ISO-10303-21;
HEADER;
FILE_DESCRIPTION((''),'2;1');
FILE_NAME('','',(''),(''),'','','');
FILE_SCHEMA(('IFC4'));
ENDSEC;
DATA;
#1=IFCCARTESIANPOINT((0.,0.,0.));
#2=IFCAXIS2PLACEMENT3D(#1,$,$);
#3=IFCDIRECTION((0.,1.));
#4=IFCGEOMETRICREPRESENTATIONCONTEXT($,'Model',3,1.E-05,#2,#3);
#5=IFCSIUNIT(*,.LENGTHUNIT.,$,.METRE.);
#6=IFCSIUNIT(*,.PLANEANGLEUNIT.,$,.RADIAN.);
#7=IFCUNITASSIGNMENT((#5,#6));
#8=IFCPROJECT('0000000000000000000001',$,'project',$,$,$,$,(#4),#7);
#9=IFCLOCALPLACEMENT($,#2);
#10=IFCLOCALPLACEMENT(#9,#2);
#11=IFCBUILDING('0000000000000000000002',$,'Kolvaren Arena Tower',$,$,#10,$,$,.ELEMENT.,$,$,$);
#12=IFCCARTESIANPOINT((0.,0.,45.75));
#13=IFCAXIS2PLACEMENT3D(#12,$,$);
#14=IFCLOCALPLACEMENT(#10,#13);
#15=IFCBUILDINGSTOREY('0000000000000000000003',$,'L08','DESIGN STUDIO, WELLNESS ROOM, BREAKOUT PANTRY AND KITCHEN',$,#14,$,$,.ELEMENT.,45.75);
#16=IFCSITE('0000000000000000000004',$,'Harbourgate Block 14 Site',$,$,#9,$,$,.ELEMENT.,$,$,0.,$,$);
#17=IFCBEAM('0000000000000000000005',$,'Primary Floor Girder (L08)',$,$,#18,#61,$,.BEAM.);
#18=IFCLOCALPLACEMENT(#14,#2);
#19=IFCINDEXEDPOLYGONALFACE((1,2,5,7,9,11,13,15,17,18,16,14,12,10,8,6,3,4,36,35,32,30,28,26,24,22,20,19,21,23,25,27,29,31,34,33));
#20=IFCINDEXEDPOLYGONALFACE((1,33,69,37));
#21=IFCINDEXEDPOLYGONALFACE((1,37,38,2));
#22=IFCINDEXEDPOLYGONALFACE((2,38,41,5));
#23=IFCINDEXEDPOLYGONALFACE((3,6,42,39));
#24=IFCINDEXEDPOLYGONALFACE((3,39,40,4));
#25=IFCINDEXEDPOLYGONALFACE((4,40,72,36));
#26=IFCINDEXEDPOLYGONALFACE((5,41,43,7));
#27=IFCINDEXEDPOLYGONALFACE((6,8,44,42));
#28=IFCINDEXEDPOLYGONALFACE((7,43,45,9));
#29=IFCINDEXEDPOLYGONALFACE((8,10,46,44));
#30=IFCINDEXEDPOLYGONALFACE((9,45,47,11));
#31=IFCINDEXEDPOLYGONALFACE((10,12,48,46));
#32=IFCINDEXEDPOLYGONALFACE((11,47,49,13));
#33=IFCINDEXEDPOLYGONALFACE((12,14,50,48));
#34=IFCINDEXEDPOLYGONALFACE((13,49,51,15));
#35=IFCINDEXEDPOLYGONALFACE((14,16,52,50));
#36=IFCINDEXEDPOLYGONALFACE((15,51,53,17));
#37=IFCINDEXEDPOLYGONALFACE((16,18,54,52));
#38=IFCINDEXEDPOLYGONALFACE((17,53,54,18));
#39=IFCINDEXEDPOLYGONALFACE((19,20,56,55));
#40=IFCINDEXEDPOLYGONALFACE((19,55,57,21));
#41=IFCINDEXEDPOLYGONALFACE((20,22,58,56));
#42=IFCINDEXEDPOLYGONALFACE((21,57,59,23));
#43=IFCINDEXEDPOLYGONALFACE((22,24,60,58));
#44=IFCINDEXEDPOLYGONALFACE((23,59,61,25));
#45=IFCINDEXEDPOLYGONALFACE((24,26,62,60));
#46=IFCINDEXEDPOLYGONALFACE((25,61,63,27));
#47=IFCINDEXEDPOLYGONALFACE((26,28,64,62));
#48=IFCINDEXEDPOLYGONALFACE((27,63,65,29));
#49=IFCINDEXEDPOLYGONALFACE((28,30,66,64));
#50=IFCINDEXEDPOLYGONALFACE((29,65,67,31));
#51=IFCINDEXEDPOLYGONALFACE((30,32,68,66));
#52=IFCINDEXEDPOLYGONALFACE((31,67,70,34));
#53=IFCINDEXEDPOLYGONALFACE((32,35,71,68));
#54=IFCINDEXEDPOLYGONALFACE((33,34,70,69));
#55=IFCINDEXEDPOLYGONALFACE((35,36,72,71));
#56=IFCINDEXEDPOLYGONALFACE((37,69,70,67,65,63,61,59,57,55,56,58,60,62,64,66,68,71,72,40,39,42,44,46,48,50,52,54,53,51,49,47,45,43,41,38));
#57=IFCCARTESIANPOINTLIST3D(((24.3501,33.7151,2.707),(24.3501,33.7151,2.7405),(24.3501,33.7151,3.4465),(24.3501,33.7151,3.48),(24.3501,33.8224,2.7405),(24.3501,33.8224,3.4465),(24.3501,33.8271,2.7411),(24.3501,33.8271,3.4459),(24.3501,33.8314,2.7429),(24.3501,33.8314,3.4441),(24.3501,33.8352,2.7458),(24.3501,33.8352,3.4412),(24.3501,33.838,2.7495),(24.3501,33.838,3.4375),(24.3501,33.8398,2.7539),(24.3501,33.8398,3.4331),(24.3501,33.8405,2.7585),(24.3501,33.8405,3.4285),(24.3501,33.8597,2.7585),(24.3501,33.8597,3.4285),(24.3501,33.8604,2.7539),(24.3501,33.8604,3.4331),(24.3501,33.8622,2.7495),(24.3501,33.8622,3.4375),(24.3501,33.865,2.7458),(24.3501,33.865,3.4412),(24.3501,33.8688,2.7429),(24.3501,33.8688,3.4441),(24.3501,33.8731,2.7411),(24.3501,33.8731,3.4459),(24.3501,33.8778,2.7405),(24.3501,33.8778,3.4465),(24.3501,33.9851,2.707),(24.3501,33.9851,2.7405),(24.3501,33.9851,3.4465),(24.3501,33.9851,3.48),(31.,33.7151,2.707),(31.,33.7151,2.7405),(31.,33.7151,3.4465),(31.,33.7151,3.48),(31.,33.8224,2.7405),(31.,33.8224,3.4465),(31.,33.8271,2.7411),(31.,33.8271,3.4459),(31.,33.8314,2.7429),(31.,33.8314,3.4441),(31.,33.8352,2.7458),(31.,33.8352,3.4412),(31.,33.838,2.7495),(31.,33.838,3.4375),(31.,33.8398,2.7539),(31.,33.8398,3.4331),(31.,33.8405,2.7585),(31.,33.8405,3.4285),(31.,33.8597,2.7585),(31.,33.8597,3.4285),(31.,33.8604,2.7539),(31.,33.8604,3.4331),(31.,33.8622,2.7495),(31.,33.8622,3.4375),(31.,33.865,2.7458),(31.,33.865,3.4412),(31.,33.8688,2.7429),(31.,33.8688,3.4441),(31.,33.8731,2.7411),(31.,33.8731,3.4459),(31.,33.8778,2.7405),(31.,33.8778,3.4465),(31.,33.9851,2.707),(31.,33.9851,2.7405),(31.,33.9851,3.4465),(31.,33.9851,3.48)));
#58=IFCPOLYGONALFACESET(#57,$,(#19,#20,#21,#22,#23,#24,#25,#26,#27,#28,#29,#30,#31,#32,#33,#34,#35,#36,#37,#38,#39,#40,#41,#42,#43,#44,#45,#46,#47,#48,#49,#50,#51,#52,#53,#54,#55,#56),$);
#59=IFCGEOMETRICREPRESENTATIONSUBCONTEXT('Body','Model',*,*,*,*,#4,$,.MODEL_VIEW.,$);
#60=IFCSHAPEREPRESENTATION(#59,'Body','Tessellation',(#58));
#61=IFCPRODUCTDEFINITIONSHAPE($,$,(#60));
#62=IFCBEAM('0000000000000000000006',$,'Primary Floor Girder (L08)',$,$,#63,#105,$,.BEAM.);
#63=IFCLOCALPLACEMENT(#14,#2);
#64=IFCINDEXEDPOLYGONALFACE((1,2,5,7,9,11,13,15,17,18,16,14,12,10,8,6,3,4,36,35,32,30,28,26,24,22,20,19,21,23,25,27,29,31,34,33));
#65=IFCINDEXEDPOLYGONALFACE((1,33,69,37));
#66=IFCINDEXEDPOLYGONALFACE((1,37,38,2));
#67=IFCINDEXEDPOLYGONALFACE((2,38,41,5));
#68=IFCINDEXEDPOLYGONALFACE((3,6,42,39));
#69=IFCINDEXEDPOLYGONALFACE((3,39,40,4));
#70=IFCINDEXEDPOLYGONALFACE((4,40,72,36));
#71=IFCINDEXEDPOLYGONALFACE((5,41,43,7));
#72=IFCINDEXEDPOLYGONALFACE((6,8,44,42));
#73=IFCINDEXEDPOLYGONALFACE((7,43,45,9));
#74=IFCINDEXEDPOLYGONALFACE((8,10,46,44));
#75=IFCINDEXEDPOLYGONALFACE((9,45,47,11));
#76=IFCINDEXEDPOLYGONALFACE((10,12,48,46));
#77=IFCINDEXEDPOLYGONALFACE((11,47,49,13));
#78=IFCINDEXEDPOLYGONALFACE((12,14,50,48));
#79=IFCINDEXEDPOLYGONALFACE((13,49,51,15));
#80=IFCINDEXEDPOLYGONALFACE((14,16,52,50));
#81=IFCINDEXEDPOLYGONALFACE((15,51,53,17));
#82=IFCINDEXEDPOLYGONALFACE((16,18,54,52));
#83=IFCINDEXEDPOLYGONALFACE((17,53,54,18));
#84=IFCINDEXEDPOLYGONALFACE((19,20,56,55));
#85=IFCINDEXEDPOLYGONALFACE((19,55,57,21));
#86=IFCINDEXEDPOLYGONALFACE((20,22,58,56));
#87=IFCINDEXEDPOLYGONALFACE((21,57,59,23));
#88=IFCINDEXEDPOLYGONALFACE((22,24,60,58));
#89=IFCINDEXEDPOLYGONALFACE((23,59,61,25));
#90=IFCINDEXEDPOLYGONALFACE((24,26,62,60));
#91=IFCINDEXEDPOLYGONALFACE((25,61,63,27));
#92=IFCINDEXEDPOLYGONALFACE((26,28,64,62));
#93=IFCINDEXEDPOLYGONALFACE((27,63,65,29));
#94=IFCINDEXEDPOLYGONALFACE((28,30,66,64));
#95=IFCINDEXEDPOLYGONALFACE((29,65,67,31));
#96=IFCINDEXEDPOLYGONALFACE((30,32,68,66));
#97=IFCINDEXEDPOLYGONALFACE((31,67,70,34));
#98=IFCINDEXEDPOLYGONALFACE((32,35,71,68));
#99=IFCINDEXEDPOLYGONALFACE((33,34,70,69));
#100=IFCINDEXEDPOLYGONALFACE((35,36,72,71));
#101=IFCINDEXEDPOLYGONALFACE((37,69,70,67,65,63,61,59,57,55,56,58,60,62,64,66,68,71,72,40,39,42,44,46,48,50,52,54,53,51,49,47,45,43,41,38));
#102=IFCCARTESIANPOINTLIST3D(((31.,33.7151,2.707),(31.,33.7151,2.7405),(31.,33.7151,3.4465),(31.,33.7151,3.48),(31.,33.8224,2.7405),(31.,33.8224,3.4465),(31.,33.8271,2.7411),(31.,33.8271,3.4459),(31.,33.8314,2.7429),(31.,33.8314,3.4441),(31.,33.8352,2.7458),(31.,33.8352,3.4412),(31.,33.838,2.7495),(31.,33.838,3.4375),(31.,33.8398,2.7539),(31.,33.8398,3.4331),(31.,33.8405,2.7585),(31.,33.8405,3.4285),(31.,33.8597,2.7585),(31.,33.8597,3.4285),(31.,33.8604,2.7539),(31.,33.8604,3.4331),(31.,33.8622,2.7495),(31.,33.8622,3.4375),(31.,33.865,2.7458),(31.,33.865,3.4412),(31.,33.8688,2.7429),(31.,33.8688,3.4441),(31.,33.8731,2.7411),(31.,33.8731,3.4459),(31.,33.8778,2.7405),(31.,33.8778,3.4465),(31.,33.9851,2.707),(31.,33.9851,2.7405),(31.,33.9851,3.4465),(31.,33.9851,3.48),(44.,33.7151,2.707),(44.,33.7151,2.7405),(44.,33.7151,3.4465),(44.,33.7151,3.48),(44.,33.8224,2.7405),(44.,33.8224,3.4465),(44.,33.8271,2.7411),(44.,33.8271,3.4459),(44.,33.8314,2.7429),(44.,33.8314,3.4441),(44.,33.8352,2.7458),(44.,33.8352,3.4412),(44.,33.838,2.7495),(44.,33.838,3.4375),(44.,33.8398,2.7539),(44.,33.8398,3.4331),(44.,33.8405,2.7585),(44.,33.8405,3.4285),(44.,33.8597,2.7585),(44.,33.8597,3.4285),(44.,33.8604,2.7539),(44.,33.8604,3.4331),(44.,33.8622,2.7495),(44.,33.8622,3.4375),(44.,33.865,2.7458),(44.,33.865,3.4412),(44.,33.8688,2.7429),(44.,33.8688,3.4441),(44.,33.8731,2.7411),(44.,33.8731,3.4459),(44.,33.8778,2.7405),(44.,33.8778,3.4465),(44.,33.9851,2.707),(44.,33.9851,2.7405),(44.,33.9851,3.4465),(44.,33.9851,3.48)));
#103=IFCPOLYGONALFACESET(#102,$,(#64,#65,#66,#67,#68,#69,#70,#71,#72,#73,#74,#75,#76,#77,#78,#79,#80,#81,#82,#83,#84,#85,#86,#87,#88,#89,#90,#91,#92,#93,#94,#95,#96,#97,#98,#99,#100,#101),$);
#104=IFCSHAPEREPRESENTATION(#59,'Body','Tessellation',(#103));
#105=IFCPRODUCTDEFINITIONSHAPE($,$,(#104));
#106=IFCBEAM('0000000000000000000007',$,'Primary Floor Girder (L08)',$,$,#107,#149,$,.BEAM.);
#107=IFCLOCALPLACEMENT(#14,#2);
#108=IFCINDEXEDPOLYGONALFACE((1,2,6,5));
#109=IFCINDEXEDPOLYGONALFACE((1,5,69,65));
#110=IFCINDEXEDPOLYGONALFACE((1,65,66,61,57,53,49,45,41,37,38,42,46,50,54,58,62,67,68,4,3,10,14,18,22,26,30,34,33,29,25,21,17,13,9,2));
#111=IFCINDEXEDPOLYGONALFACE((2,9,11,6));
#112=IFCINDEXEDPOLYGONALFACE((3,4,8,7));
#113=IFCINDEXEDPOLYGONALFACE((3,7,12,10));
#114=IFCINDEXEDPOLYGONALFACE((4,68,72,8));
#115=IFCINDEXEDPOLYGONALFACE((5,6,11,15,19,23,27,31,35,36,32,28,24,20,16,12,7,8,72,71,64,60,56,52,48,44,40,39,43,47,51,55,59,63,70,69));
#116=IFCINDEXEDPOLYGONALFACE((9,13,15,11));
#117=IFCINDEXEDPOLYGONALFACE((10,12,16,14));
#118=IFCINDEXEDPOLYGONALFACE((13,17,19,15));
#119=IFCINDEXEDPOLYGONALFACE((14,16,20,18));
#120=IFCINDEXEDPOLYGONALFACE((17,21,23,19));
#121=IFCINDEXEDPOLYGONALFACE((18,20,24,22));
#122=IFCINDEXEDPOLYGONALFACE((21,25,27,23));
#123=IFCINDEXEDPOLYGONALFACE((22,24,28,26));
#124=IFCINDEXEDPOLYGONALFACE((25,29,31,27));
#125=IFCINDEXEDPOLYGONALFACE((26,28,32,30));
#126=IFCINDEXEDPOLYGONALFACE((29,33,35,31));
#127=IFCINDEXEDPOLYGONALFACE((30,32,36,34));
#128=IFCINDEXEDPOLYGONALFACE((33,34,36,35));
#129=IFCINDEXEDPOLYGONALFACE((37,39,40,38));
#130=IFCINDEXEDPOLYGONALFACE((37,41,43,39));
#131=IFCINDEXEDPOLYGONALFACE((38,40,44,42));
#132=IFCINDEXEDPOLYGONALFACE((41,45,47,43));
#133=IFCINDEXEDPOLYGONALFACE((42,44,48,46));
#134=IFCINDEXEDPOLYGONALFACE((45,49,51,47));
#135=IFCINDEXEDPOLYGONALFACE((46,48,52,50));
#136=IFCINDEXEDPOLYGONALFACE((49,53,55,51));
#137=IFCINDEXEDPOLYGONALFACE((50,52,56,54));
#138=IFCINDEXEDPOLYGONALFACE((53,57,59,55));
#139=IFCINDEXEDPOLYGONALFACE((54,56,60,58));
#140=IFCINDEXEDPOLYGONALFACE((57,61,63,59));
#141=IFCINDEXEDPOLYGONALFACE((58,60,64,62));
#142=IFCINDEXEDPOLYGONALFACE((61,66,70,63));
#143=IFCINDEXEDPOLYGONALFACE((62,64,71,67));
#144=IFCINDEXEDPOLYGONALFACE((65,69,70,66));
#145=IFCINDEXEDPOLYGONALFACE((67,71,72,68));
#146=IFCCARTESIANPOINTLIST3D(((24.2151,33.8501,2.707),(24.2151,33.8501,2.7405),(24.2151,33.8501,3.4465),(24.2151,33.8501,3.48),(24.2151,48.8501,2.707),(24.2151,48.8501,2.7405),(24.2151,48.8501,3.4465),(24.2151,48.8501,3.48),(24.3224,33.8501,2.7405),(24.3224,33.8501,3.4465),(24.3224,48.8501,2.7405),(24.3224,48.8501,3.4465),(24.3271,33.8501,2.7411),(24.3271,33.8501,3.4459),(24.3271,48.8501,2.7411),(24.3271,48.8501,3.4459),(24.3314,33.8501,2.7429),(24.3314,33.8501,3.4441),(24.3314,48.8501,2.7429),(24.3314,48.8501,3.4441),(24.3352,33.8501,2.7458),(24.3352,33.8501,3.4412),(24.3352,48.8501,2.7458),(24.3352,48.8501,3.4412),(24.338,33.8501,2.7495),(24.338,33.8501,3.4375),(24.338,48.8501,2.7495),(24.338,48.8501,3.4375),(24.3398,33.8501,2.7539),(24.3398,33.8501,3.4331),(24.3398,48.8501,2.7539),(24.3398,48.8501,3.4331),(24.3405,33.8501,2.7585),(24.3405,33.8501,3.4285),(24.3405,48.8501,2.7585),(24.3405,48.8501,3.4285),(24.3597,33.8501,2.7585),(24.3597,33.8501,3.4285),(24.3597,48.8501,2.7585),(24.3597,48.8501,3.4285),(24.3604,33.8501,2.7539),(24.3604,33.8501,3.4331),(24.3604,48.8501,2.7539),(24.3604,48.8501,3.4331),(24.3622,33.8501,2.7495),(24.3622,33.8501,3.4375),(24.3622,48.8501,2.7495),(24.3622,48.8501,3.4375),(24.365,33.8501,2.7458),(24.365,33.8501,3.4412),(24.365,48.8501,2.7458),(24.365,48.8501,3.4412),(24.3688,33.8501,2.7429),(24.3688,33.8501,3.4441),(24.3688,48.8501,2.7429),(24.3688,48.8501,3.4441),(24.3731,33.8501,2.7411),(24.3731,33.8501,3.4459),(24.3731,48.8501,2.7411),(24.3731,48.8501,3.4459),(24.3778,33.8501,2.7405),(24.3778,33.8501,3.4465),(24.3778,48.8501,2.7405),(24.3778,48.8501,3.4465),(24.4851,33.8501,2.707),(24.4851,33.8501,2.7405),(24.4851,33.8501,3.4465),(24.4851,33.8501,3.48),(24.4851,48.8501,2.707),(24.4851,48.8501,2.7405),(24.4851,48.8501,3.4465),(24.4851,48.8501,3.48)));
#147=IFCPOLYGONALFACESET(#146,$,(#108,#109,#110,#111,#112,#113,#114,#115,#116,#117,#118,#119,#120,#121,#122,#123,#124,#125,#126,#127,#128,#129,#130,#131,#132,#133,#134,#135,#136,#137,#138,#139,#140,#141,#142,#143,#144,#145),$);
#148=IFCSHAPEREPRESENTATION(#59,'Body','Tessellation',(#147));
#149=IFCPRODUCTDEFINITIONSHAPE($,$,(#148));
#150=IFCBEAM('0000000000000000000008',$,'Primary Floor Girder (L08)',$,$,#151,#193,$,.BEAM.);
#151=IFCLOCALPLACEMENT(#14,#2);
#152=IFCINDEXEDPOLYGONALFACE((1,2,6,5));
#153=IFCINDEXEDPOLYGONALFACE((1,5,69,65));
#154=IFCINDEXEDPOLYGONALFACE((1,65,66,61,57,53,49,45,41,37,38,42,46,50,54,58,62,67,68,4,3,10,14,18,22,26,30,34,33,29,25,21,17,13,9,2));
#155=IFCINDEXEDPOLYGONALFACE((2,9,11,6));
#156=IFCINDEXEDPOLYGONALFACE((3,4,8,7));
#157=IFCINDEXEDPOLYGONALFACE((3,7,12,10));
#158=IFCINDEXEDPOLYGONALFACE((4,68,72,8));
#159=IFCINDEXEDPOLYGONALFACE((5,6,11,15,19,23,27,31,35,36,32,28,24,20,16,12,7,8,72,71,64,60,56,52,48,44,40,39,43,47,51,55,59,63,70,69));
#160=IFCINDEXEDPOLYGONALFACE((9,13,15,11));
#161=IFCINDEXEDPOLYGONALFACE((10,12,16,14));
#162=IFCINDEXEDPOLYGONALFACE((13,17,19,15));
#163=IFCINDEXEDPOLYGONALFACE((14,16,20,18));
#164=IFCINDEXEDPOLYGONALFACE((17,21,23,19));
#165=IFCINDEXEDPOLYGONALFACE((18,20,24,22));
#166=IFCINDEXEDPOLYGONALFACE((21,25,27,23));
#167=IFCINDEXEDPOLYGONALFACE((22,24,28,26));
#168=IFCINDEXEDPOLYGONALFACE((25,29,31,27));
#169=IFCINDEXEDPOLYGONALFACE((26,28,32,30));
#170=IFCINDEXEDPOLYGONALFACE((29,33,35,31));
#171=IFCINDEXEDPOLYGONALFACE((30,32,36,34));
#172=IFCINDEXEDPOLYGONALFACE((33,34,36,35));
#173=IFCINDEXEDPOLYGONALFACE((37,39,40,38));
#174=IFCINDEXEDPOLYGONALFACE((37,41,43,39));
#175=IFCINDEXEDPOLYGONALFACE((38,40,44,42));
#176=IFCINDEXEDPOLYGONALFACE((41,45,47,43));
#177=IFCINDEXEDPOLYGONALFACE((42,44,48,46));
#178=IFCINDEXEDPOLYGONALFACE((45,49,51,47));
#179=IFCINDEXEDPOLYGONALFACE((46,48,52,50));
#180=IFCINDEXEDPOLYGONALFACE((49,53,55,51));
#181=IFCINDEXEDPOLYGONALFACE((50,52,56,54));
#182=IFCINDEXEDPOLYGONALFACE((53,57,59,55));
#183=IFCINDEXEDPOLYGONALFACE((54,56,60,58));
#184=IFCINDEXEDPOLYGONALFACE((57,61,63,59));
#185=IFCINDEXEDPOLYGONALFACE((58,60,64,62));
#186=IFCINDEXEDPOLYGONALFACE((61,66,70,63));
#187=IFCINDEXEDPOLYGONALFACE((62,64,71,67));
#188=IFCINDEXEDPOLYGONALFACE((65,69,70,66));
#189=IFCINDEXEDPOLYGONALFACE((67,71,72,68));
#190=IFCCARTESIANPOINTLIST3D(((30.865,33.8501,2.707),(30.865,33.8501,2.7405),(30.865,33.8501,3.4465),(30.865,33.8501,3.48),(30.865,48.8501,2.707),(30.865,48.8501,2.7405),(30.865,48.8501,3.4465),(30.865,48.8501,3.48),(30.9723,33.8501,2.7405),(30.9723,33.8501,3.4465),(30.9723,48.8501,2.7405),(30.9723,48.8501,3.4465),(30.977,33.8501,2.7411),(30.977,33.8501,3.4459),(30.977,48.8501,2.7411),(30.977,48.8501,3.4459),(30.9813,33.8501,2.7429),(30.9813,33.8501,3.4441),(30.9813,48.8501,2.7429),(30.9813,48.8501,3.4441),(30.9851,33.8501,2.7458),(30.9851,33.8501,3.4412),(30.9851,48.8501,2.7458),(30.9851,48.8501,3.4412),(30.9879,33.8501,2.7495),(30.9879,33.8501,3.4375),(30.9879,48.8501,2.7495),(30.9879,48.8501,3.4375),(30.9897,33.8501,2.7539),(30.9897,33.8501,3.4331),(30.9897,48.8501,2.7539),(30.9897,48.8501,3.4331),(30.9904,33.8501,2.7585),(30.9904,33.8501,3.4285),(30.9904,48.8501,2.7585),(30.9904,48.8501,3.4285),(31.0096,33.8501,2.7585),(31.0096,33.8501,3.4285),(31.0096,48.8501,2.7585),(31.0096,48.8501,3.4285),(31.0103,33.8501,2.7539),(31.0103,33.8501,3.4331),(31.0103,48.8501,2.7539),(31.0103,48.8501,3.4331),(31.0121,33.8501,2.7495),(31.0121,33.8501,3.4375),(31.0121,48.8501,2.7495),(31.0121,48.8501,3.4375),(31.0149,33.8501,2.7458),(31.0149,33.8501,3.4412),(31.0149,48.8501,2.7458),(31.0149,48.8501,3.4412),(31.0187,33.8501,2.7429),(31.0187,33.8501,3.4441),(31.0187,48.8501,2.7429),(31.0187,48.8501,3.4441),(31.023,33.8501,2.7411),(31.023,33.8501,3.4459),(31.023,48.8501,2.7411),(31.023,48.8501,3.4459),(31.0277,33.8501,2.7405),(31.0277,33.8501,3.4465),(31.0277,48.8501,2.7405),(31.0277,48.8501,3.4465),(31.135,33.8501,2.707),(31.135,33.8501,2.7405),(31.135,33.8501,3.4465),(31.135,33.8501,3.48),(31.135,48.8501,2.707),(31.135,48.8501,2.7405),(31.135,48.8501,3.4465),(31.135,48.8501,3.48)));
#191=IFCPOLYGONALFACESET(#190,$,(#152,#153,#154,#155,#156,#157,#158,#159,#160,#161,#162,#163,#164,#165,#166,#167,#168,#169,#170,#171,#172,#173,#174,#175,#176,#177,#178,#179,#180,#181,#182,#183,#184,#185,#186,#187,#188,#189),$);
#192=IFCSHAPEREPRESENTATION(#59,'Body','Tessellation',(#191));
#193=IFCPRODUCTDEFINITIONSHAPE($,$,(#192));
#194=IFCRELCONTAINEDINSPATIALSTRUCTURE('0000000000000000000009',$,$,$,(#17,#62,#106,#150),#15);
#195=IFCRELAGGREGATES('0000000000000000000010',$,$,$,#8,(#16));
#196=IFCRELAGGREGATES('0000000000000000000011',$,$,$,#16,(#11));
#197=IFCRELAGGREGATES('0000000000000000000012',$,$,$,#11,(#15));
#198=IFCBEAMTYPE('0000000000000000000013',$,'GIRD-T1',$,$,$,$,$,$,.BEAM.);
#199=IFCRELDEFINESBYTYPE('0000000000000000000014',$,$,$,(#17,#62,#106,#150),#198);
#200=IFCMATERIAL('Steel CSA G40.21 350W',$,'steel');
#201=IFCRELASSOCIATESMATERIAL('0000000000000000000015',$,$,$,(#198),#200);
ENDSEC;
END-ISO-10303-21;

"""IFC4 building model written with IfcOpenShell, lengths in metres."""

from ifc_helpers import new_model, si_unit, direction, frame, origin, origin_2d, place, context, subcontext, project, spatial, i_section, extrude, material, material_profile, profile_set, type_object, element, save


model = new_model("IFC4")

# Units and contexts
model_context = context("Model", 3, precision=1e-05, world=origin(), true_north=direction((0.0, 1.0)))
body_context = subcontext(model_context, "Body", "Model", "MODEL_VIEW")
ifc_project = project(units=[si_unit("LENGTHUNIT", "METRE"), si_unit("PLANEANGLEUNIT", "RADIAN")], contexts=[model_context])

# Site, building, storey
site_placement = place(None, origin())
site = spatial("IfcSite", under=ifc_project, at=site_placement, Name="Harbourgate Block 14 Site", CompositionType="ELEMENT", RefElevation=0.0)
building_placement = place(site_placement, origin())
building = spatial("IfcBuilding", under=site, at=building_placement, Name="Kolvaren Arena Tower", CompositionType="ELEMENT")
storey_placement = place(building_placement, frame((0.0, 0.0, 45.75)))
storey = spatial("IfcBuildingStorey", under=building, at=storey_placement, Name="L08", Description="DESIGN STUDIO, WELLNESS ROOM, BREAKOUT PANTRY AND KITCHEN", CompositionType="ELEMENT", Elevation=45.75)

# Beams
ifc_material_1 = material(Name="Steel CSA G40.21 350W", Category="steel")
ifc_material_profile_1 = material_profile(ifc_material_1, i_section(OverallWidth=0.27, OverallDepth=0.7729, WebThickness=0.0193, FlangeThickness=0.0334, FilletRadius=0.0181, at=origin_2d()), Name="W760x257")
ifc_profile_set_1 = profile_set([ifc_material_profile_1], Name="Steel CSA G40.21 350W")
beam_type_1 = type_object("IfcBeamType", Name="GIRD-T1", PredefinedType="BEAM", material=ifc_profile_set_1)
beam_1_placement = place(storey_placement, frame((24.3501, 33.8501, 3.0935), z_axis=(1.0, 0.0, 0.0), x_axis=(0.0, 1.0, 0.0)))
element("IfcBeam", 1, at=beam_1_placement, inside=storey, type_object=beam_type_1, Name="Primary Floor Girder (L08)", PredefinedType="BEAM", context=body_context, shape_type="SweptSolid", body=[
    extrude(i_section(OverallWidth=0.27, OverallDepth=0.7729, WebThickness=0.0193, FlangeThickness=0.0334, FilletRadius=0.0181, at=origin_2d()), origin(), (0.0, 0.0, 1.0), 6.6499),
])
beam_2_placement = place(storey_placement, frame((31.0, 33.8501, 3.0935), z_axis=(1.0, 0.0, 0.0), x_axis=(0.0, 1.0, 0.0)))
element("IfcBeam", 2, at=beam_2_placement, inside=storey, type_object=beam_type_1, Name="Primary Floor Girder (L08)", PredefinedType="BEAM", context=body_context, shape_type="SweptSolid", body=[
    extrude(i_section(OverallWidth=0.27, OverallDepth=0.7729, WebThickness=0.0193, FlangeThickness=0.0334, FilletRadius=0.0181, at=origin_2d()), origin(), (0.0, 0.0, 1.0), 13.0),
])
for number, where, z_axis, x_axis, name in (
    (3, (24.3501, 33.8501, 3.0935), (0.0, 1.0, 0.0), (-1.0, 0.0, 0.0), "Primary Floor Girder (L08)"),
    (4, (31.0, 33.8501, 3.0935), (0.0, 1.0, 0.0), (-1.0, 0.0, 0.0), "Primary Floor Girder (L08)"),
):
    element("IfcBeam", number, at=place(storey_placement, frame(where, z_axis=z_axis, x_axis=x_axis)), inside=storey, type_object=beam_type_1, Name=name, PredefinedType="BEAM", context=body_context, shape_type="SweptSolid", body=[
        extrude(i_section(OverallWidth=0.27, OverallDepth=0.7729, WebThickness=0.0193, FlangeThickness=0.0334, FilletRadius=0.0181, at=origin_2d()), origin(), (0.0, 0.0, 1.0), 15.0),
    ])

save(model, "model.ifc")
